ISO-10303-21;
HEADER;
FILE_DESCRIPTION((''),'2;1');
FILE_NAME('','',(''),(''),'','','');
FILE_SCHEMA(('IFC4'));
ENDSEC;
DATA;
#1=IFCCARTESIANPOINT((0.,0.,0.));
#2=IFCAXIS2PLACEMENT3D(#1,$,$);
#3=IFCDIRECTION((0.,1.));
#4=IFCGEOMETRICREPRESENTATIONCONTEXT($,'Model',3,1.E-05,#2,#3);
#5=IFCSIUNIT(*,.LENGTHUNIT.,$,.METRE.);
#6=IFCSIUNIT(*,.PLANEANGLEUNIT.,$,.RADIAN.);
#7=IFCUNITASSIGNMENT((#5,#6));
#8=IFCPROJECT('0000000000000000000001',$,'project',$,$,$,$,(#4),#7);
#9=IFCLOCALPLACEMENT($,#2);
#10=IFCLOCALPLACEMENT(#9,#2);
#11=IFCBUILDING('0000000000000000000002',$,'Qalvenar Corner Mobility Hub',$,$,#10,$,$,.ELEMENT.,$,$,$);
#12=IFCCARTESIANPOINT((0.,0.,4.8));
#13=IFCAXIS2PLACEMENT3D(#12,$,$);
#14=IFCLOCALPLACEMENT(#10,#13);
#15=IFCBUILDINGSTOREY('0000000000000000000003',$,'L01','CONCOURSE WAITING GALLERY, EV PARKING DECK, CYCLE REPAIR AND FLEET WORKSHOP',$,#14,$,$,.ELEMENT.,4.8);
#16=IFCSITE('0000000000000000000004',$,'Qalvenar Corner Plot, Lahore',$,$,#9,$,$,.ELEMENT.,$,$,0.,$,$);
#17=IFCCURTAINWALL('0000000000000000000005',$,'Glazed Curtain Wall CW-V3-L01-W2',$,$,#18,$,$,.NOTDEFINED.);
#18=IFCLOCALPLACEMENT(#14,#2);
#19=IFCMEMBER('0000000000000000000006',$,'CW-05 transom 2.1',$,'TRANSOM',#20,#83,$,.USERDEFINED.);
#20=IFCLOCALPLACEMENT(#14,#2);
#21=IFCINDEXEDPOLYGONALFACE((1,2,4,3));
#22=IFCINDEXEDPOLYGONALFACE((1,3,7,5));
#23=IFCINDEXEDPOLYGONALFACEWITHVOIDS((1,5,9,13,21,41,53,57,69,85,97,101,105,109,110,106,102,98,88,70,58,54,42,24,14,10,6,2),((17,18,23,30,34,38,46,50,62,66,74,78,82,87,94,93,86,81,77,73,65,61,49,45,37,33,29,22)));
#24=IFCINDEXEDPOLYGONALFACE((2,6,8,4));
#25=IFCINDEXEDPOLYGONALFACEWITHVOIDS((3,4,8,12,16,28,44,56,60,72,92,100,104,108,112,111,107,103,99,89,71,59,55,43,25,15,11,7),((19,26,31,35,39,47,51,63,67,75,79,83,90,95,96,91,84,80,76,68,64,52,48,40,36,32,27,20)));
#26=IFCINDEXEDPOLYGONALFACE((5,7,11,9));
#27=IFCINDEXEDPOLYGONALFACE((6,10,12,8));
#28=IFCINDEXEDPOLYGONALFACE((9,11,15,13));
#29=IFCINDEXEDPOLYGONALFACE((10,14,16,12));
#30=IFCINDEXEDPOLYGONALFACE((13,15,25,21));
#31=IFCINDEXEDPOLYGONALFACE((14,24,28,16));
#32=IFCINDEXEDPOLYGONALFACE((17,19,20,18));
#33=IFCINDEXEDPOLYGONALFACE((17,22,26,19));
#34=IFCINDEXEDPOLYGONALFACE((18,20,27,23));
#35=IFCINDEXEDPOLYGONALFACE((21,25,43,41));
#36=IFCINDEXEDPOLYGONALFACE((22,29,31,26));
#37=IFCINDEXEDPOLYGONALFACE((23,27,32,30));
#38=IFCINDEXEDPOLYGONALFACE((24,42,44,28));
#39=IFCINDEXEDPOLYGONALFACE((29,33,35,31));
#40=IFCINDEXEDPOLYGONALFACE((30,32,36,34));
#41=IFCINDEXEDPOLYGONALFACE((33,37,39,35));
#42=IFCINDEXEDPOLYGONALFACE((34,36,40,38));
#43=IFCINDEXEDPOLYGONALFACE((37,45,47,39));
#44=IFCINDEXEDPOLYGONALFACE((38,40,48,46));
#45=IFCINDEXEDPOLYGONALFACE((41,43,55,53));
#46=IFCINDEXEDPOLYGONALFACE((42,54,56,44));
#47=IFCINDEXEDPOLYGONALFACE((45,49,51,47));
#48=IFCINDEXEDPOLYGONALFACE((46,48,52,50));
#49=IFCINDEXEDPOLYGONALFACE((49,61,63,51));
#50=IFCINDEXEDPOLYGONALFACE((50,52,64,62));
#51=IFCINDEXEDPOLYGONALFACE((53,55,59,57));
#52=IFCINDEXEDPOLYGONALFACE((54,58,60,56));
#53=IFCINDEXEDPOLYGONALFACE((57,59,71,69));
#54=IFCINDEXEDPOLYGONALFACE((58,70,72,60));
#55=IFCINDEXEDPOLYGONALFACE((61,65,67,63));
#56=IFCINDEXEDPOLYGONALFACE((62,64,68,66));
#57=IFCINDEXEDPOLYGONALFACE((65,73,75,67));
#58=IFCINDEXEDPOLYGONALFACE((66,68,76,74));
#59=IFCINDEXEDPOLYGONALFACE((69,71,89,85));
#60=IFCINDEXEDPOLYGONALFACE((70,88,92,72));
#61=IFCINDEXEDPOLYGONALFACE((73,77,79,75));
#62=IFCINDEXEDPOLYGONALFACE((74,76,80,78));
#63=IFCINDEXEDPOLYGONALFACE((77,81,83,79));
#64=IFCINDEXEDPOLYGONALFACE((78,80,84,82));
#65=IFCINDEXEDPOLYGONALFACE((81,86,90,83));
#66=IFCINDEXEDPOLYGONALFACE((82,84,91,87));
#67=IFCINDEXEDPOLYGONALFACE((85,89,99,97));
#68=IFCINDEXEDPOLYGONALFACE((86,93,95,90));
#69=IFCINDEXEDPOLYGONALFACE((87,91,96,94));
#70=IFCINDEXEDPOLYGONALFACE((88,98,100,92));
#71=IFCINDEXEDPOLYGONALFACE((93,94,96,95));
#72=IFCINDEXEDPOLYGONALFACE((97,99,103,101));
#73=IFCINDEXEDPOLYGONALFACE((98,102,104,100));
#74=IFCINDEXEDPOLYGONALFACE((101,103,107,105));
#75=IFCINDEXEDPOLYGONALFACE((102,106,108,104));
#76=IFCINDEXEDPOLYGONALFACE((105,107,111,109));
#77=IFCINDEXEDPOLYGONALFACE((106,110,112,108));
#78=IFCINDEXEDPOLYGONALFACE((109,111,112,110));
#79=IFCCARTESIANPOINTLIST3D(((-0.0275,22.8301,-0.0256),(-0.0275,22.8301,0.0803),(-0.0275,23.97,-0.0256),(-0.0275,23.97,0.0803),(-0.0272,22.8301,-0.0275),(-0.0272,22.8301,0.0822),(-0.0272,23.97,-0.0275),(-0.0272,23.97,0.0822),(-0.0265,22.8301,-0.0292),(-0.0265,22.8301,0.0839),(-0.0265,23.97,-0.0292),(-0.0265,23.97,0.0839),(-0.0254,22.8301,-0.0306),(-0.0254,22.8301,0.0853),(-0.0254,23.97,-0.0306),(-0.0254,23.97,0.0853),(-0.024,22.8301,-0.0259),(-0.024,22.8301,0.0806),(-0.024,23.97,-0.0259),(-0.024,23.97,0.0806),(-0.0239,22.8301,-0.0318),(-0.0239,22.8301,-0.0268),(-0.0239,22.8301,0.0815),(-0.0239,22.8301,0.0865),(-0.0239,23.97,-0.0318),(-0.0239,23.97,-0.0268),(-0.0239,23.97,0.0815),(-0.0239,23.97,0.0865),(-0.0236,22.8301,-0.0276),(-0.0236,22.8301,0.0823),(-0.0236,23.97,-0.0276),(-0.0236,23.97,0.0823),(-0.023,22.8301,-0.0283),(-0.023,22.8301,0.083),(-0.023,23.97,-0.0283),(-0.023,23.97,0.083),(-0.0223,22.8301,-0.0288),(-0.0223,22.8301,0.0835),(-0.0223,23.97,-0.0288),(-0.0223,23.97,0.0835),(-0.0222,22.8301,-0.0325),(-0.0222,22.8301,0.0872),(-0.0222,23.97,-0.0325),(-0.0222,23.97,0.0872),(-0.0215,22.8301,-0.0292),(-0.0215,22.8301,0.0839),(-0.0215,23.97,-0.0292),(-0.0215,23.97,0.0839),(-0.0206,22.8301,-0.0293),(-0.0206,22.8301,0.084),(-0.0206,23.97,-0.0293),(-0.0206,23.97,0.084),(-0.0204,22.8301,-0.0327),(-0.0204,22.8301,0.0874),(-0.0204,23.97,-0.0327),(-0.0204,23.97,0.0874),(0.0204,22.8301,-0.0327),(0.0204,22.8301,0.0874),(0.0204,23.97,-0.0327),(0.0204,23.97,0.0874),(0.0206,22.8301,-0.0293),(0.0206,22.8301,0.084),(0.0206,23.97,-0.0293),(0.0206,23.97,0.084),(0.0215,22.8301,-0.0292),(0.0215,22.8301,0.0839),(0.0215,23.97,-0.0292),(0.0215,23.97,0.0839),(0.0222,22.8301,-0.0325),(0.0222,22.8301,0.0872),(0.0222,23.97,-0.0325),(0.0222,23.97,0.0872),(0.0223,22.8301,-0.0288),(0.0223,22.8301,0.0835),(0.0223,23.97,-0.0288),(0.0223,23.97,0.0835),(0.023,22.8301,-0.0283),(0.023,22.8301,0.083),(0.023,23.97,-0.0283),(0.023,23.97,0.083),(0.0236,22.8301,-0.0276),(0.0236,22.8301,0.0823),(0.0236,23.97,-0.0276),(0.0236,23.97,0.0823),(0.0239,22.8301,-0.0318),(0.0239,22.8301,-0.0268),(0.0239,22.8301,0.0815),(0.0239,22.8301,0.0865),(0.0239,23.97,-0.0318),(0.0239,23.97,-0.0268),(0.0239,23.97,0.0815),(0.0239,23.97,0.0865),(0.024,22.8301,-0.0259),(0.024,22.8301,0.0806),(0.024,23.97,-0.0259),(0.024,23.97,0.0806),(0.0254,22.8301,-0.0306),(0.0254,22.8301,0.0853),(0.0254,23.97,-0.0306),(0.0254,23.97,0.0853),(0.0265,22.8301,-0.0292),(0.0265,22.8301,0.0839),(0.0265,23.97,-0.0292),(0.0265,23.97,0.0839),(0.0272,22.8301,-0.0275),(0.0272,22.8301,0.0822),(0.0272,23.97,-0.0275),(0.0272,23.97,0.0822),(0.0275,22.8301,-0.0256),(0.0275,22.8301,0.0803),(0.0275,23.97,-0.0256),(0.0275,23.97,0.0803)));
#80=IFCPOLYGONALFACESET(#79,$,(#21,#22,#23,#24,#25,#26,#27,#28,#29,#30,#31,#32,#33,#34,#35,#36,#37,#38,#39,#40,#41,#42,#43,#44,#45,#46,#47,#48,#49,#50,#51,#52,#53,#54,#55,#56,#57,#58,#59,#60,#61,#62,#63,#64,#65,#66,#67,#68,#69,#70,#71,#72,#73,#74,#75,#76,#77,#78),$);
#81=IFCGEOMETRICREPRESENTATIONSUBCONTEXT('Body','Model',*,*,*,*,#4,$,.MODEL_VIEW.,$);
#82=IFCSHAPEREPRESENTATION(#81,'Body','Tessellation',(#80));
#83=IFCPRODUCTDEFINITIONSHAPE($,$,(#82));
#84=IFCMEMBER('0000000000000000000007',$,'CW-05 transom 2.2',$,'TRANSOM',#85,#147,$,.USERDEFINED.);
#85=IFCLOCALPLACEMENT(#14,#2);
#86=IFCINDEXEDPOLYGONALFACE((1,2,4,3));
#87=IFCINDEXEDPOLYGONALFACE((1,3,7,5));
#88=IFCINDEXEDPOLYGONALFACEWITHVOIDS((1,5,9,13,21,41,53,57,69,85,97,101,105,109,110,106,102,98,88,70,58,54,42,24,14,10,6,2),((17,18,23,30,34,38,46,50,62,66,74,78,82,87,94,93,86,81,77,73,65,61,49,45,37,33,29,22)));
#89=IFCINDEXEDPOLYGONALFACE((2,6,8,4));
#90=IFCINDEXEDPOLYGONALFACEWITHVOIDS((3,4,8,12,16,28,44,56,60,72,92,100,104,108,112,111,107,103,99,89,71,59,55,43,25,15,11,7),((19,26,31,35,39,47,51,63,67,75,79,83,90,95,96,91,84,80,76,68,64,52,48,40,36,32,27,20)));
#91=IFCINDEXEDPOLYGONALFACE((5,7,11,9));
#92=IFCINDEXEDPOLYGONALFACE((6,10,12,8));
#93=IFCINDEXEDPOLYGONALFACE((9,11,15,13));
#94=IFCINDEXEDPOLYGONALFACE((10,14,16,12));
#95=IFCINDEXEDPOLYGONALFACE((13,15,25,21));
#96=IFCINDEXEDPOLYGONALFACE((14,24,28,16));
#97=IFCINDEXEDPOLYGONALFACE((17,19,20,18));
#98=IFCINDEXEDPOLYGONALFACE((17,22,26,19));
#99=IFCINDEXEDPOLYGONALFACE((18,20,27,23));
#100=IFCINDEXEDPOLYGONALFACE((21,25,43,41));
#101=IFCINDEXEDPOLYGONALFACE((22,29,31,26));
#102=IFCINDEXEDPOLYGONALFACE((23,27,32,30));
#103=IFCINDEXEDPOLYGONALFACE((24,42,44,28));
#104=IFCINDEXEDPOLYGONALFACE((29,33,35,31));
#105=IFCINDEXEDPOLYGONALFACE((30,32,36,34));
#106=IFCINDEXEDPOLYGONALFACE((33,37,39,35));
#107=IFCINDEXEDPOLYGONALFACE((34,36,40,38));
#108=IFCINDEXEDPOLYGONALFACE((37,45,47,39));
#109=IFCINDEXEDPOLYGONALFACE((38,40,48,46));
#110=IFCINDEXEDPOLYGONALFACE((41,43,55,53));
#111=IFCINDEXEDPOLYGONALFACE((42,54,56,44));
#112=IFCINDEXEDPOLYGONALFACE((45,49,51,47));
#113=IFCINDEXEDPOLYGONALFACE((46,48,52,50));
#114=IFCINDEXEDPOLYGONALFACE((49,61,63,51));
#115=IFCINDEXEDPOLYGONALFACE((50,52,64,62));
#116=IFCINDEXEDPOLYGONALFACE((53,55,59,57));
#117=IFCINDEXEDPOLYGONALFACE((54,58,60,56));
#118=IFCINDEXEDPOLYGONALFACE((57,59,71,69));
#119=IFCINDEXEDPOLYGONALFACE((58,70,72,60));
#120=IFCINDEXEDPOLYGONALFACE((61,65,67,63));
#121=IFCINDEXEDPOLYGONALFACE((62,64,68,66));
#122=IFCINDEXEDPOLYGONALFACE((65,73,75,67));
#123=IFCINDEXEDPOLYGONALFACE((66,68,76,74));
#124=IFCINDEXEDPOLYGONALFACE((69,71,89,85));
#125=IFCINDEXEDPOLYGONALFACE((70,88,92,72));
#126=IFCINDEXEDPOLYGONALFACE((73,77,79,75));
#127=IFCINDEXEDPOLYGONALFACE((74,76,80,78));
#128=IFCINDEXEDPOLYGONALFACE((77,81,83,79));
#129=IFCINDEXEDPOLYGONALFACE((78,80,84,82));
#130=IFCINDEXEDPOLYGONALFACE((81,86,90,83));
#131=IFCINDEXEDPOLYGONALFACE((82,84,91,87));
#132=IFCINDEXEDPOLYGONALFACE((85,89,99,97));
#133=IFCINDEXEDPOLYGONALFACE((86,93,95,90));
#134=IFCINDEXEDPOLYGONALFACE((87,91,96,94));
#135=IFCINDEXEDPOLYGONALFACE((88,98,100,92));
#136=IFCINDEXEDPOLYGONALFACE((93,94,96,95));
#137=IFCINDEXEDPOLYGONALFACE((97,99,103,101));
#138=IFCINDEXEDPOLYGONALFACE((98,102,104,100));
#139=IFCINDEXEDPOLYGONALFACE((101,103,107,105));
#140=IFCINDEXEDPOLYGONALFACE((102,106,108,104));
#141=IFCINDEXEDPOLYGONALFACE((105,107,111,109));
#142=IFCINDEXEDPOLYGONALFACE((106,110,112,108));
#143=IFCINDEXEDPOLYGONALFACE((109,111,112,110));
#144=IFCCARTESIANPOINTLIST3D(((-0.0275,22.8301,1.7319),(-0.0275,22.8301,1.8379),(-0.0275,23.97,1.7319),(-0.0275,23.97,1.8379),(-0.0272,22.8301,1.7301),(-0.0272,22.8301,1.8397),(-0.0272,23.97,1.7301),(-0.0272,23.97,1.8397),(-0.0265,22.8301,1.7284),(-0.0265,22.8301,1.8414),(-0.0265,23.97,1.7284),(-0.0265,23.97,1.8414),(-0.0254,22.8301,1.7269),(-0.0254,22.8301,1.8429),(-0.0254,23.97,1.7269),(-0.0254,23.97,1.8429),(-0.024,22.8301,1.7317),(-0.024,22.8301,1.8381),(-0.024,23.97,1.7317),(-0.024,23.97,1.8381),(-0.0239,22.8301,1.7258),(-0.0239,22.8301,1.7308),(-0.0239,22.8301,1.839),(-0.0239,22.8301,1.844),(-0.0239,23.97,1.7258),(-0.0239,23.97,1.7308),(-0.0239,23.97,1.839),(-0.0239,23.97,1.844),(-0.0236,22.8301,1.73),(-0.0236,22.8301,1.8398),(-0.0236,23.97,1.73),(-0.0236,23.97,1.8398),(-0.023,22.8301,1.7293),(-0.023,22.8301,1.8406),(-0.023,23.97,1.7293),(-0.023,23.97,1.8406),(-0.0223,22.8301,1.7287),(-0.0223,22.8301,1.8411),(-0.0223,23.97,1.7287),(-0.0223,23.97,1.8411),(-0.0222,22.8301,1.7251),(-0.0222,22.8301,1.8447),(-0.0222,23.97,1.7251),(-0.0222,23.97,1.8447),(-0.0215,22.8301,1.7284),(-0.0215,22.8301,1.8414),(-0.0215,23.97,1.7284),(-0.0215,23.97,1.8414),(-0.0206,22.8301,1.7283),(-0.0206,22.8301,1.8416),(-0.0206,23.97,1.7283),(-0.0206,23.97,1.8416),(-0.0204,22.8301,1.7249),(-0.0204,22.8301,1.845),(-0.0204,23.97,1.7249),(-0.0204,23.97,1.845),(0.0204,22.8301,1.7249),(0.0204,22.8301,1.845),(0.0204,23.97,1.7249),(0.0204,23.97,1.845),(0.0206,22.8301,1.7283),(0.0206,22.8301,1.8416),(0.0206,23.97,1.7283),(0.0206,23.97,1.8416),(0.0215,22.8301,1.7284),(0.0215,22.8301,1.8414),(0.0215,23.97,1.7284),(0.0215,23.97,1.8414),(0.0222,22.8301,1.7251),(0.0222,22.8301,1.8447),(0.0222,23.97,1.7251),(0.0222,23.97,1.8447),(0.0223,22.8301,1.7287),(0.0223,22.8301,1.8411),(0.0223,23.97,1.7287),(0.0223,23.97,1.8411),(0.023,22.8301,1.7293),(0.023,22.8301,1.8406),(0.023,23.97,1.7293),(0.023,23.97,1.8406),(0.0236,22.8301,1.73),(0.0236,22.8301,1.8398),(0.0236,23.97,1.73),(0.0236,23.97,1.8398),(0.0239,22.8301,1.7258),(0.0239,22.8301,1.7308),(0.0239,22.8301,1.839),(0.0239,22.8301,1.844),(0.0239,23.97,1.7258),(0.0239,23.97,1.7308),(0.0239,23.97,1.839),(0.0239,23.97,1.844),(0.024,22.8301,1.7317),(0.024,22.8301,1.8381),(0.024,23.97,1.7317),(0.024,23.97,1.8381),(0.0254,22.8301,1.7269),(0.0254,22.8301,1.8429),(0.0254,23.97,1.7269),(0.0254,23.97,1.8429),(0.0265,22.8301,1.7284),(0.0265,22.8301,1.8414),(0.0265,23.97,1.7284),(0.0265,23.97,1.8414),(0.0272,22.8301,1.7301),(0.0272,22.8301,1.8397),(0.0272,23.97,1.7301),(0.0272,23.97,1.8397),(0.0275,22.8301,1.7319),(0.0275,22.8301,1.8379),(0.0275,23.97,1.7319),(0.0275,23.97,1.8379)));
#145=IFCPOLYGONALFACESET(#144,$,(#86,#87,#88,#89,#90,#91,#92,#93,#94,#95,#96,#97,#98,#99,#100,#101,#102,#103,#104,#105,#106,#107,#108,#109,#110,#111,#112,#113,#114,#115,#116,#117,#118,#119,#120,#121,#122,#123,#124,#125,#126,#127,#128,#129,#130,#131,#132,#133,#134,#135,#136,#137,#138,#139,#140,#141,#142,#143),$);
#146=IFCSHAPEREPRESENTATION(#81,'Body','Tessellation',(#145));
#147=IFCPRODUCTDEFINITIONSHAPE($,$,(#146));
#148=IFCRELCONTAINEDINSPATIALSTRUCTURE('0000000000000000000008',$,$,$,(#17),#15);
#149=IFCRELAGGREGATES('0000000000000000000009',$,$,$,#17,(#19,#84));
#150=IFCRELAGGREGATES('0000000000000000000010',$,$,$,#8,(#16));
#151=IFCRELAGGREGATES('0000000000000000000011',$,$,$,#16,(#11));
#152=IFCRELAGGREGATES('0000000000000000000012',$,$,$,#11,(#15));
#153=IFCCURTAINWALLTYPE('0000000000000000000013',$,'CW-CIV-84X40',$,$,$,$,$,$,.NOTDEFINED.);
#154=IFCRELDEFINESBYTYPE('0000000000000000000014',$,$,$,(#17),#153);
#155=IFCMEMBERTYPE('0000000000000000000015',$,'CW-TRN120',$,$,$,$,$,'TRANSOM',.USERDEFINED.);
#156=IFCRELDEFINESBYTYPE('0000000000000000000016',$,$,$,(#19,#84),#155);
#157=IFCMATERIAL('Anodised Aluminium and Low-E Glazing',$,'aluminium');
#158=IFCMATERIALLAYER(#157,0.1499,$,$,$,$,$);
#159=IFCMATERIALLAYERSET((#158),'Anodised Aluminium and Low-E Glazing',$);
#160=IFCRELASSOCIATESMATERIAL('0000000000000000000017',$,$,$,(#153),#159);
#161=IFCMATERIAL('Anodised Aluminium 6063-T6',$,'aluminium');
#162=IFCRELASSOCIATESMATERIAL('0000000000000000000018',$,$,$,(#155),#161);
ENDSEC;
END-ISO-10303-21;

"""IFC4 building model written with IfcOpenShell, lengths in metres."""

from ifc_helpers import new_model, si_unit, direction, frame, origin, origin_2d, place, context, subcontext, project, spatial, hollow_rectangle, extrude, material, layer, layer_set, material_profile, profile_set, type_object, element, aggregate, save


model = new_model("IFC4")

# Units and contexts
model_context = context("Model", 3, precision=1e-05, world=origin(), true_north=direction((0.0, 1.0)))
body_context = subcontext(model_context, "Body", "Model", "MODEL_VIEW")
ifc_project = project(units=[si_unit("LENGTHUNIT", "METRE"), si_unit("PLANEANGLEUNIT", "RADIAN")], contexts=[model_context])

# Site, building, storey
site_placement = place(None, origin())
site = spatial("IfcSite", under=ifc_project, at=site_placement, Name="Qalvenar Corner Plot, Lahore", CompositionType="ELEMENT", RefElevation=0.0)
building_placement = place(site_placement, origin())
building = spatial("IfcBuilding", under=site, at=building_placement, Name="Qalvenar Corner Mobility Hub", CompositionType="ELEMENT")
storey_placement = place(building_placement, frame((0.0, 0.0, 4.8)))
storey = spatial("IfcBuildingStorey", under=building, at=storey_placement, Name="L01", Description="CONCOURSE WAITING GALLERY, EV PARKING DECK, CYCLE REPAIR AND FLEET WORKSHOP", CompositionType="ELEMENT", Elevation=4.8)

# Curtain wall, members
ifc_material_1 = material(Name="Anodised Aluminium and Low-E Glazing", Category="aluminium")
ifc_layer_1 = layer(ifc_material_1, 0.1499)
ifc_layer_set_1 = layer_set([ifc_layer_1], Name="Anodised Aluminium and Low-E Glazing")
curtain_wall_type = type_object("IfcCurtainWallType", Name="CW-CIV-84X40", PredefinedType="NOTDEFINED", material=ifc_layer_set_1)
curtain_wall_placement = place(storey_placement, origin())
curtain_wall = element("IfcCurtainWall", 1, at=curtain_wall_placement, inside=storey, type_object=curtain_wall_type, Name="Glazed Curtain Wall CW-V3-L01-W2", PredefinedType="NOTDEFINED")
ifc_material_2 = material(Name="Anodised Aluminium 6063-T6", Category="aluminium")
ifc_material_profile_1 = material_profile(ifc_material_2, hollow_rectangle(XDim=0.0549, YDim=0.1201, WallThickness=0.0034, InnerFilletRadius=0.0034, OuterFilletRadius=0.0071, at=origin_2d()), Name="RHS120x55x3.5")
ifc_profile_set_1 = profile_set([ifc_material_profile_1], Name="Anodised Aluminium 6063-T6")
member_type_1 = type_object("IfcMemberType", Name="CW-TRN120", ElementType="TRANSOM", PredefinedType="USERDEFINED", material=ifc_profile_set_1)
member_1_placement = place(storey_placement, frame((0.0, 23.97, 0.0273), z_axis=(0.0, -1.0, 0.0), x_axis=(1.0, 0.0, 0.0)))
member_1 = element("IfcMember", 2, at=member_1_placement, type_object=member_type_1, Name="CW-05 transom 2.1", ObjectType="TRANSOM", PredefinedType="USERDEFINED", context=body_context, shape_type="SweptSolid", body=[
    extrude(hollow_rectangle(XDim=0.0549, YDim=0.1201, WallThickness=0.0034, InnerFilletRadius=0.0034, OuterFilletRadius=0.0071, at=origin_2d()), origin(), (0.0, 0.0, 1.0), 1.1399),
])
member_2_placement = place(storey_placement, frame((0.0, 23.97, 1.7849), z_axis=(0.0, -1.0, 0.0), x_axis=(1.0, 0.0, 0.0)))
member_2 = element("IfcMember", 3, at=member_2_placement, type_object=member_type_1, Name="CW-05 transom 2.2", ObjectType="TRANSOM", PredefinedType="USERDEFINED", context=body_context, shape_type="SweptSolid", body=[
    extrude(hollow_rectangle(XDim=0.0549, YDim=0.1201, WallThickness=0.0034, InnerFilletRadius=0.0034, OuterFilletRadius=0.0071, at=origin_2d()), origin(), (0.0, 0.0, 1.0), 1.1399),
])
aggregate(curtain_wall, [member_1, member_2])

save(model, "model.ifc")
